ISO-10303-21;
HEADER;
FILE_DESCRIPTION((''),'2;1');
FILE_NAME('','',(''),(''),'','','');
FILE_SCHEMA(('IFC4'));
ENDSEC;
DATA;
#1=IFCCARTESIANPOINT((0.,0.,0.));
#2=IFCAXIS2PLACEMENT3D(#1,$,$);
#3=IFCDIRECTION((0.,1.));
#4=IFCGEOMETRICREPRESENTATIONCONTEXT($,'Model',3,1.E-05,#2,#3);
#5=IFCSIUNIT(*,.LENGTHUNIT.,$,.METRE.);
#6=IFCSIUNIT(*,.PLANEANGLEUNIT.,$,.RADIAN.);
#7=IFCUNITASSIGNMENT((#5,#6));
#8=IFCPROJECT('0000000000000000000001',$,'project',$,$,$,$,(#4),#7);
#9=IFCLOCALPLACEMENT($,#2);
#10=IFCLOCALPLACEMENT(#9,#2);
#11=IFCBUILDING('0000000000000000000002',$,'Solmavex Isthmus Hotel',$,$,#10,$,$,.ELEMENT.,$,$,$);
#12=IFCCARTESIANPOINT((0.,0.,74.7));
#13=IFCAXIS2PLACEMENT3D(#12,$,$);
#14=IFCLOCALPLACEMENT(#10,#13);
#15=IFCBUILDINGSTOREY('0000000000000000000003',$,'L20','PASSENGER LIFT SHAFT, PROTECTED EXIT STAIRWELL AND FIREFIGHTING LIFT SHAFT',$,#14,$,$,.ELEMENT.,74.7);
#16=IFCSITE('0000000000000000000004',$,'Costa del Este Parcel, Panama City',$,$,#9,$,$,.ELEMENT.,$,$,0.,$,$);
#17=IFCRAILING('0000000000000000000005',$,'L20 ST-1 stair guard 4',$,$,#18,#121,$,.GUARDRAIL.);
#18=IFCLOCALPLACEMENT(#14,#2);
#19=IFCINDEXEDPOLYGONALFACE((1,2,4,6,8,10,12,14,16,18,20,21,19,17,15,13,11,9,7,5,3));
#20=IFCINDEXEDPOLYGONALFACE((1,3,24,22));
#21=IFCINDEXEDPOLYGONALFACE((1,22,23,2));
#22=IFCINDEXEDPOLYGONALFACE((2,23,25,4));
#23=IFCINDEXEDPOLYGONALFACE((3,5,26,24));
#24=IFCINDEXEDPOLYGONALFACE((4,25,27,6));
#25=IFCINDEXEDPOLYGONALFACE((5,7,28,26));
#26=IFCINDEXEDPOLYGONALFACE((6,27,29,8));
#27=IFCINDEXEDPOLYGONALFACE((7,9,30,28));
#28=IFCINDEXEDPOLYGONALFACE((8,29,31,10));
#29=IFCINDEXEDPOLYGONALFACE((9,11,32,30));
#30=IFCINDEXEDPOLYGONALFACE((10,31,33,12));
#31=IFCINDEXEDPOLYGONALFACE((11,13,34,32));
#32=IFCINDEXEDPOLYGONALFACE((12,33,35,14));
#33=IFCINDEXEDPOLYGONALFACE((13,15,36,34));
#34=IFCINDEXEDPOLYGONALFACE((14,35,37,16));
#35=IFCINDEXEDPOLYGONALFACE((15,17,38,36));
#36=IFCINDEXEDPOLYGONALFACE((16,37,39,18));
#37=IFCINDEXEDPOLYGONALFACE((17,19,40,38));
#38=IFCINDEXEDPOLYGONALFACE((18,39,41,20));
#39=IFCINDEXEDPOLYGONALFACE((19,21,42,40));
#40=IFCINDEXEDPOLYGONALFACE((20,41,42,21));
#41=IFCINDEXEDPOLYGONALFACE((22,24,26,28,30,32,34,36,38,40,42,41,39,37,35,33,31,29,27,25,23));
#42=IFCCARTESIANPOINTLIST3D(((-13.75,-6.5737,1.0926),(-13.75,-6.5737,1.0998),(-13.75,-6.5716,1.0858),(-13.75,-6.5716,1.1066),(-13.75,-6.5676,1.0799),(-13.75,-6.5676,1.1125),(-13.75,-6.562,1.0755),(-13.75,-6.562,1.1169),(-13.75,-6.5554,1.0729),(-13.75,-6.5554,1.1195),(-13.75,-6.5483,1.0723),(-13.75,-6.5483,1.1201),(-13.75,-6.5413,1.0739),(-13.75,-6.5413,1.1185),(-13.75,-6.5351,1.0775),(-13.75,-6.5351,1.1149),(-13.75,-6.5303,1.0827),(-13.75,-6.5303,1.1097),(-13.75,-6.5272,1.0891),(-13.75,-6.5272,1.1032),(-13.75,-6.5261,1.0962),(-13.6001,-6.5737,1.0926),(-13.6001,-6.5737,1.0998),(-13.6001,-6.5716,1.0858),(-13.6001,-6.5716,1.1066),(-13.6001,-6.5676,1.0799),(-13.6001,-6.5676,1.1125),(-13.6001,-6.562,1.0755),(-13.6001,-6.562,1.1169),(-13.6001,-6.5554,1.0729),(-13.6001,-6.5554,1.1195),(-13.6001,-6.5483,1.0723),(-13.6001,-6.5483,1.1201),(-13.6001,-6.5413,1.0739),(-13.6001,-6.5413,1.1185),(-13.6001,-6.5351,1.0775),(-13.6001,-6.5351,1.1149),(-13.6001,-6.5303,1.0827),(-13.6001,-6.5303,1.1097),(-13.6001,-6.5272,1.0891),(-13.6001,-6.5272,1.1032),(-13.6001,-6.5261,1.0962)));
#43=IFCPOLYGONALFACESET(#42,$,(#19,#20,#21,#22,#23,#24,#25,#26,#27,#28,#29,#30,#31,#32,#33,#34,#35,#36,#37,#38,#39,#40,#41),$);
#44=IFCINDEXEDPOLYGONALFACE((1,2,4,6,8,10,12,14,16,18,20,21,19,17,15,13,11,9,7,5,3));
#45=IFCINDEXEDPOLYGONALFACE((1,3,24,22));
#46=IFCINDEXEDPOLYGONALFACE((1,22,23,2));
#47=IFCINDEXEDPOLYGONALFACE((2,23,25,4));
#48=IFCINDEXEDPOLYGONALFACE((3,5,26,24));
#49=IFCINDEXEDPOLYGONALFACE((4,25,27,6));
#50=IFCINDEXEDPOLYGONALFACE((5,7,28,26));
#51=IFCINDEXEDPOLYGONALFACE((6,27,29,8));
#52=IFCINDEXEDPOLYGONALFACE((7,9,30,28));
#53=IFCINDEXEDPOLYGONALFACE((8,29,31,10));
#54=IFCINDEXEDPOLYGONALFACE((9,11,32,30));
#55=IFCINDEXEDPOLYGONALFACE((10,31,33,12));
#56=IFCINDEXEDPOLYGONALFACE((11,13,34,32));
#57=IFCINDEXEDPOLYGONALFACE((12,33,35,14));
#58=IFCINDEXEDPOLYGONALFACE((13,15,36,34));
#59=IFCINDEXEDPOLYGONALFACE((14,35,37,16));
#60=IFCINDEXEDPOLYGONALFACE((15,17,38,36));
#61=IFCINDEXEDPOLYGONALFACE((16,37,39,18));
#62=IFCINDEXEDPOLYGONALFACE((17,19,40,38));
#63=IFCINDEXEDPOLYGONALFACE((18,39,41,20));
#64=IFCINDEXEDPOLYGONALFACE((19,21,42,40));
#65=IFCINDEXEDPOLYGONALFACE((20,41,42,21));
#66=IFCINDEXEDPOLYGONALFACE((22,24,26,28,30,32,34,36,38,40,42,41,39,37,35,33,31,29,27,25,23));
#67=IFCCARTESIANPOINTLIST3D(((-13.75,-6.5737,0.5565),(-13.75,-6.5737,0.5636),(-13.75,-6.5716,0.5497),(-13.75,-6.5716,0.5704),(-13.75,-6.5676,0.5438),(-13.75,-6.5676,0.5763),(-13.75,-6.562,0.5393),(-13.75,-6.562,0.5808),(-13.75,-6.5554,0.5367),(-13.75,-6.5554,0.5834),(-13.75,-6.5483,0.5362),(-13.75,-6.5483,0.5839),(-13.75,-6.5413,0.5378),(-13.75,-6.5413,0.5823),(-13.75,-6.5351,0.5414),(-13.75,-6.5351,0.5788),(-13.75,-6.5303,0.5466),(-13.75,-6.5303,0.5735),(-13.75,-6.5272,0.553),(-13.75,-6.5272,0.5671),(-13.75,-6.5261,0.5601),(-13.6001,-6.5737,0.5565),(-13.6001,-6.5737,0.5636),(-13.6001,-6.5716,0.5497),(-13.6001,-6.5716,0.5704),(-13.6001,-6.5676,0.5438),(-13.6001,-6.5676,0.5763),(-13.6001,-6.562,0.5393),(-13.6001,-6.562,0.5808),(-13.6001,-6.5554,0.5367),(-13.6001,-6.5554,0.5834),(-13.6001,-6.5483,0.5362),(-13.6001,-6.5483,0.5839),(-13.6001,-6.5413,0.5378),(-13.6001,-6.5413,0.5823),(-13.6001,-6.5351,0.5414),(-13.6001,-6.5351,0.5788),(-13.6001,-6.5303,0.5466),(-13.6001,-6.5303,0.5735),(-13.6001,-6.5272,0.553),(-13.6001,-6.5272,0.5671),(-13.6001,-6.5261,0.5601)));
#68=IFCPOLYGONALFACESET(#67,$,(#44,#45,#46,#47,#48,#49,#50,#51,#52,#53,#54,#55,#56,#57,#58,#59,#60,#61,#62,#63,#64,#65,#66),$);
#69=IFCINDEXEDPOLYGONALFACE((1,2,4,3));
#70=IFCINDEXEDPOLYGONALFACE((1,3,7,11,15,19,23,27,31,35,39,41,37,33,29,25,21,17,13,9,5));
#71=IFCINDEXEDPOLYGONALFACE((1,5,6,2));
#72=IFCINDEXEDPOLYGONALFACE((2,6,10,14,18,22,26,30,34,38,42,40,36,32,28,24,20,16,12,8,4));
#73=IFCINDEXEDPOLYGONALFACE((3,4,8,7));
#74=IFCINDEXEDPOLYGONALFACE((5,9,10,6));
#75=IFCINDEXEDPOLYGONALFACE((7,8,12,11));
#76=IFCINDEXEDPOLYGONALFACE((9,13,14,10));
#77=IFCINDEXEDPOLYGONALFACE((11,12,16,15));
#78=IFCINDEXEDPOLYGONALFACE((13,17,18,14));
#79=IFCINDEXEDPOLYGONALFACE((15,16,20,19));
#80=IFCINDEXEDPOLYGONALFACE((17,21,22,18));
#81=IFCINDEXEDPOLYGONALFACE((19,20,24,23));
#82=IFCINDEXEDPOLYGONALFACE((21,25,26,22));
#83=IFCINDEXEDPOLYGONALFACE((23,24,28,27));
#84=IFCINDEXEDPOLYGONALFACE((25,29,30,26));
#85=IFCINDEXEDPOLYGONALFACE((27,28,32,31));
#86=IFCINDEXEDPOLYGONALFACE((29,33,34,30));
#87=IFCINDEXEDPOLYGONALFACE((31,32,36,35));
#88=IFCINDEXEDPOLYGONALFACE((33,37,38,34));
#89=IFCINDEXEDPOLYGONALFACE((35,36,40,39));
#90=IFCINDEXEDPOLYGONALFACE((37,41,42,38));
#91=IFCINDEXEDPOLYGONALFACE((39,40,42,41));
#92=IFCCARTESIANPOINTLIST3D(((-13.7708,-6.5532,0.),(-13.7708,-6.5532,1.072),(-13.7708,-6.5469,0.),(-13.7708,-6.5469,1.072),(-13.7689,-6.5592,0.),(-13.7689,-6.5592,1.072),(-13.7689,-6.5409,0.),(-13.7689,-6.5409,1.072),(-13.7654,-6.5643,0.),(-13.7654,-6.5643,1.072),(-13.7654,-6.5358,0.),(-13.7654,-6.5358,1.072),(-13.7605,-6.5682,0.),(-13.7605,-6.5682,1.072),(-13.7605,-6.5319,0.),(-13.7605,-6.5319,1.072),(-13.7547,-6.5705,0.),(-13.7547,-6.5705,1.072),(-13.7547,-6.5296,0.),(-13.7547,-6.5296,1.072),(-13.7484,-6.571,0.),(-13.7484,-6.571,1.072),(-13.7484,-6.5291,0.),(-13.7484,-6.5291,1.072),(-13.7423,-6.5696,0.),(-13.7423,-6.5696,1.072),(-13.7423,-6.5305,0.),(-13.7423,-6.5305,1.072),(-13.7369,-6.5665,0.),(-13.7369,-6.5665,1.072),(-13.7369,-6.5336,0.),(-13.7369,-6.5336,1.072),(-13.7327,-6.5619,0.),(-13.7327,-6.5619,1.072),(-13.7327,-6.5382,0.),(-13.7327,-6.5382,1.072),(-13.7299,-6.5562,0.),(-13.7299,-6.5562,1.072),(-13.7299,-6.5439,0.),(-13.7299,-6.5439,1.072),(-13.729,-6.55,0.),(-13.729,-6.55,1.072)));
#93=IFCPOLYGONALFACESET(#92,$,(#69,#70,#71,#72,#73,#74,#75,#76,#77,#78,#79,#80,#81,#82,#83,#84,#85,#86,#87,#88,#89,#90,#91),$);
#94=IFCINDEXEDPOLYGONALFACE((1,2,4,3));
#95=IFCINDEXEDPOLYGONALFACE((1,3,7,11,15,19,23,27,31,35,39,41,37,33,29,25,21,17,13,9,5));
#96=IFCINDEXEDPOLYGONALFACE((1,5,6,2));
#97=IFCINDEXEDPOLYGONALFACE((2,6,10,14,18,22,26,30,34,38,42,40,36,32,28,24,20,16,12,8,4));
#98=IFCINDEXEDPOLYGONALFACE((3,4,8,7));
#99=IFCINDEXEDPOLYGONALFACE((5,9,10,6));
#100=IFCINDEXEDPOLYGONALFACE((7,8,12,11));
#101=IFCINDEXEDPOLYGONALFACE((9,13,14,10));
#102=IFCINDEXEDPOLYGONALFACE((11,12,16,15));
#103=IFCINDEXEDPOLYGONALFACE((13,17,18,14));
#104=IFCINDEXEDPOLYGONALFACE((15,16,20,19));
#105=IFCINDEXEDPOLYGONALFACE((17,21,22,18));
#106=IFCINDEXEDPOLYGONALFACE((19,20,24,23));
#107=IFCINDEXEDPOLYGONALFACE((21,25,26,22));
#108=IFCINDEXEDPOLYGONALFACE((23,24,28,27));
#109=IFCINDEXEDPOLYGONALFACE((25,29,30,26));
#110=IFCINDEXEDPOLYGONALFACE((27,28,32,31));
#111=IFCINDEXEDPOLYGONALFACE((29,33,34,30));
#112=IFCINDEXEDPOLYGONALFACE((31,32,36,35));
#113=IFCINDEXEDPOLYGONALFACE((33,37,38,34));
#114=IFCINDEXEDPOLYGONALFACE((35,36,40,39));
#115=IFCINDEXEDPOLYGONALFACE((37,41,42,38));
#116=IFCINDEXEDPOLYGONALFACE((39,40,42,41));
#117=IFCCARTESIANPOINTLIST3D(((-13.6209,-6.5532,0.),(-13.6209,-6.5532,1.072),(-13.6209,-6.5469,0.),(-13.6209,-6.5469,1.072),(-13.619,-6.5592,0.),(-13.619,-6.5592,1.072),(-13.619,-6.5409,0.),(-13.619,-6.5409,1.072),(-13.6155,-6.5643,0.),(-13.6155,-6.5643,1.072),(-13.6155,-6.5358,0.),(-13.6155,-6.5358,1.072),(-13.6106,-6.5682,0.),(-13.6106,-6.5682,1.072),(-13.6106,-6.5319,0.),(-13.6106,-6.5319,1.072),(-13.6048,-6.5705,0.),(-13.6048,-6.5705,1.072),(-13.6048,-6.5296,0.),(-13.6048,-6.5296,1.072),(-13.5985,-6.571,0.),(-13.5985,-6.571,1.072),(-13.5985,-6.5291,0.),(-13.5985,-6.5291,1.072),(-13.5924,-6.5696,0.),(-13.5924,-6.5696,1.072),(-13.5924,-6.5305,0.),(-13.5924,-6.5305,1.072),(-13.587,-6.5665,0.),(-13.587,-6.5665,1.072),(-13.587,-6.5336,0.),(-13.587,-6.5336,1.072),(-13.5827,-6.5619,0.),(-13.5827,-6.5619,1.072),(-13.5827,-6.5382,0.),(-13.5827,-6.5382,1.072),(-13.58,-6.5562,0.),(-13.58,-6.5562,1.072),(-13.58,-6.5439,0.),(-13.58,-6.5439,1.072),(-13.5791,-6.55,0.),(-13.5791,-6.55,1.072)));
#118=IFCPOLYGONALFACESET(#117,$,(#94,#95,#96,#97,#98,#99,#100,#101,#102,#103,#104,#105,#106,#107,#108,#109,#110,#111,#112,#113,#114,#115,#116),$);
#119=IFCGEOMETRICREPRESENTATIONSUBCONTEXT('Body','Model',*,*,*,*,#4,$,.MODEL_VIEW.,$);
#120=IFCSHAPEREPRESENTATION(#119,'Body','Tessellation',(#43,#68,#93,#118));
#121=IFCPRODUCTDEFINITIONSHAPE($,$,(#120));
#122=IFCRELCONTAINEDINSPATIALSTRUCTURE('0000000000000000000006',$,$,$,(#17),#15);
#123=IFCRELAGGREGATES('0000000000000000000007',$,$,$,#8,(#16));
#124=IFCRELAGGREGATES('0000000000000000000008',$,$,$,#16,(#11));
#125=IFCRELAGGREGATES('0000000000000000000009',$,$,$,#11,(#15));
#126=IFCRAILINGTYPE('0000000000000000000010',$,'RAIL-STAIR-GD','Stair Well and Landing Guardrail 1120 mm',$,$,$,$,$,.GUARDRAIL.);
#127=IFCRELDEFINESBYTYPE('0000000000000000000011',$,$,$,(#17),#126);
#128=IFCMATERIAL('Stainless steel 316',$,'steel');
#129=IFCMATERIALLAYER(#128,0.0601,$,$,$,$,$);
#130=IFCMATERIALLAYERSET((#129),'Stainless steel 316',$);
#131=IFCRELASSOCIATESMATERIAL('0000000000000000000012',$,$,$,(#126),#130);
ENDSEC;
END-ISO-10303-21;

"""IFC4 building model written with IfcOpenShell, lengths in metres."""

from ifc_helpers import new_model, si_unit, direction, frame, origin, origin_2d, place, context, subcontext, project, spatial, circle, extrude, material, layer, layer_set, type_object, element, save


model = new_model("IFC4")

# Units and contexts
model_context = context("Model", 3, precision=1e-05, world=origin(), true_north=direction((0.0, 1.0)))
body_context = subcontext(model_context, "Body", "Model", "MODEL_VIEW")
ifc_project = project(units=[si_unit("LENGTHUNIT", "METRE"), si_unit("PLANEANGLEUNIT", "RADIAN")], contexts=[model_context])

# Site, building, storey
site_placement = place(None, origin())
site = spatial("IfcSite", under=ifc_project, at=site_placement, Name="Costa del Este Parcel, Panama City", CompositionType="ELEMENT", RefElevation=0.0)
building_placement = place(site_placement, origin())
building = spatial("IfcBuilding", under=site, at=building_placement, Name="Solmavex Isthmus Hotel", CompositionType="ELEMENT")
storey_placement = place(building_placement, frame((0.0, 0.0, 74.7)))
storey = spatial("IfcBuildingStorey", under=building, at=storey_placement, Name="L20", Description="PASSENGER LIFT SHAFT, PROTECTED EXIT STAIRWELL AND FIREFIGHTING LIFT SHAFT", CompositionType="ELEMENT", Elevation=74.7)

# Shared definitions
ifc_material_1 = material(Name="Stainless steel 316", Category="steel")

# Railing
ifc_layer_1 = layer(ifc_material_1, 0.0601)
ifc_layer_set_1 = layer_set([ifc_layer_1], Name="Stainless steel 316")
railing_type_1 = type_object("IfcRailingType", Name="RAIL-STAIR-GD", Description="Stair Well and Landing Guardrail 1120 mm", PredefinedType="GUARDRAIL", material=ifc_layer_set_1)
railing_1_placement = place(storey_placement, frame((-13.75, -6.55, 0.0)))
element("IfcRailing", 1, at=railing_1_placement, inside=storey, type_object=railing_type_1, Name="L20 ST-1 stair guard 4", PredefinedType="GUARDRAIL", context=body_context, shape_type="SweptSolid", body=[
    extrude(circle(Radius=0.0239, at=origin_2d()), frame((0.0, 0.0, 1.0962), z_axis=(1.0, 0.0, 0.0), x_axis=(0.0, 1.0, 0.0)), (0.0, 0.0, 1.0), 0.1499),
    extrude(circle(Radius=0.0239, at=origin_2d()), frame((0.0, 0.0, 0.5601), z_axis=(1.0, 0.0, 0.0), x_axis=(0.0, 1.0, 0.0)), (0.0, 0.0, 1.0), 0.1499),
    extrude(circle(Radius=0.021, at=origin_2d()), origin(), (0.0, 0.0, 1.0), 1.072),
    extrude(circle(Radius=0.021, at=origin_2d()), frame((0.1499, 0.0, 0.0)), (0.0, 0.0, 1.0), 1.072),
])

save(model, "model.ifc")
